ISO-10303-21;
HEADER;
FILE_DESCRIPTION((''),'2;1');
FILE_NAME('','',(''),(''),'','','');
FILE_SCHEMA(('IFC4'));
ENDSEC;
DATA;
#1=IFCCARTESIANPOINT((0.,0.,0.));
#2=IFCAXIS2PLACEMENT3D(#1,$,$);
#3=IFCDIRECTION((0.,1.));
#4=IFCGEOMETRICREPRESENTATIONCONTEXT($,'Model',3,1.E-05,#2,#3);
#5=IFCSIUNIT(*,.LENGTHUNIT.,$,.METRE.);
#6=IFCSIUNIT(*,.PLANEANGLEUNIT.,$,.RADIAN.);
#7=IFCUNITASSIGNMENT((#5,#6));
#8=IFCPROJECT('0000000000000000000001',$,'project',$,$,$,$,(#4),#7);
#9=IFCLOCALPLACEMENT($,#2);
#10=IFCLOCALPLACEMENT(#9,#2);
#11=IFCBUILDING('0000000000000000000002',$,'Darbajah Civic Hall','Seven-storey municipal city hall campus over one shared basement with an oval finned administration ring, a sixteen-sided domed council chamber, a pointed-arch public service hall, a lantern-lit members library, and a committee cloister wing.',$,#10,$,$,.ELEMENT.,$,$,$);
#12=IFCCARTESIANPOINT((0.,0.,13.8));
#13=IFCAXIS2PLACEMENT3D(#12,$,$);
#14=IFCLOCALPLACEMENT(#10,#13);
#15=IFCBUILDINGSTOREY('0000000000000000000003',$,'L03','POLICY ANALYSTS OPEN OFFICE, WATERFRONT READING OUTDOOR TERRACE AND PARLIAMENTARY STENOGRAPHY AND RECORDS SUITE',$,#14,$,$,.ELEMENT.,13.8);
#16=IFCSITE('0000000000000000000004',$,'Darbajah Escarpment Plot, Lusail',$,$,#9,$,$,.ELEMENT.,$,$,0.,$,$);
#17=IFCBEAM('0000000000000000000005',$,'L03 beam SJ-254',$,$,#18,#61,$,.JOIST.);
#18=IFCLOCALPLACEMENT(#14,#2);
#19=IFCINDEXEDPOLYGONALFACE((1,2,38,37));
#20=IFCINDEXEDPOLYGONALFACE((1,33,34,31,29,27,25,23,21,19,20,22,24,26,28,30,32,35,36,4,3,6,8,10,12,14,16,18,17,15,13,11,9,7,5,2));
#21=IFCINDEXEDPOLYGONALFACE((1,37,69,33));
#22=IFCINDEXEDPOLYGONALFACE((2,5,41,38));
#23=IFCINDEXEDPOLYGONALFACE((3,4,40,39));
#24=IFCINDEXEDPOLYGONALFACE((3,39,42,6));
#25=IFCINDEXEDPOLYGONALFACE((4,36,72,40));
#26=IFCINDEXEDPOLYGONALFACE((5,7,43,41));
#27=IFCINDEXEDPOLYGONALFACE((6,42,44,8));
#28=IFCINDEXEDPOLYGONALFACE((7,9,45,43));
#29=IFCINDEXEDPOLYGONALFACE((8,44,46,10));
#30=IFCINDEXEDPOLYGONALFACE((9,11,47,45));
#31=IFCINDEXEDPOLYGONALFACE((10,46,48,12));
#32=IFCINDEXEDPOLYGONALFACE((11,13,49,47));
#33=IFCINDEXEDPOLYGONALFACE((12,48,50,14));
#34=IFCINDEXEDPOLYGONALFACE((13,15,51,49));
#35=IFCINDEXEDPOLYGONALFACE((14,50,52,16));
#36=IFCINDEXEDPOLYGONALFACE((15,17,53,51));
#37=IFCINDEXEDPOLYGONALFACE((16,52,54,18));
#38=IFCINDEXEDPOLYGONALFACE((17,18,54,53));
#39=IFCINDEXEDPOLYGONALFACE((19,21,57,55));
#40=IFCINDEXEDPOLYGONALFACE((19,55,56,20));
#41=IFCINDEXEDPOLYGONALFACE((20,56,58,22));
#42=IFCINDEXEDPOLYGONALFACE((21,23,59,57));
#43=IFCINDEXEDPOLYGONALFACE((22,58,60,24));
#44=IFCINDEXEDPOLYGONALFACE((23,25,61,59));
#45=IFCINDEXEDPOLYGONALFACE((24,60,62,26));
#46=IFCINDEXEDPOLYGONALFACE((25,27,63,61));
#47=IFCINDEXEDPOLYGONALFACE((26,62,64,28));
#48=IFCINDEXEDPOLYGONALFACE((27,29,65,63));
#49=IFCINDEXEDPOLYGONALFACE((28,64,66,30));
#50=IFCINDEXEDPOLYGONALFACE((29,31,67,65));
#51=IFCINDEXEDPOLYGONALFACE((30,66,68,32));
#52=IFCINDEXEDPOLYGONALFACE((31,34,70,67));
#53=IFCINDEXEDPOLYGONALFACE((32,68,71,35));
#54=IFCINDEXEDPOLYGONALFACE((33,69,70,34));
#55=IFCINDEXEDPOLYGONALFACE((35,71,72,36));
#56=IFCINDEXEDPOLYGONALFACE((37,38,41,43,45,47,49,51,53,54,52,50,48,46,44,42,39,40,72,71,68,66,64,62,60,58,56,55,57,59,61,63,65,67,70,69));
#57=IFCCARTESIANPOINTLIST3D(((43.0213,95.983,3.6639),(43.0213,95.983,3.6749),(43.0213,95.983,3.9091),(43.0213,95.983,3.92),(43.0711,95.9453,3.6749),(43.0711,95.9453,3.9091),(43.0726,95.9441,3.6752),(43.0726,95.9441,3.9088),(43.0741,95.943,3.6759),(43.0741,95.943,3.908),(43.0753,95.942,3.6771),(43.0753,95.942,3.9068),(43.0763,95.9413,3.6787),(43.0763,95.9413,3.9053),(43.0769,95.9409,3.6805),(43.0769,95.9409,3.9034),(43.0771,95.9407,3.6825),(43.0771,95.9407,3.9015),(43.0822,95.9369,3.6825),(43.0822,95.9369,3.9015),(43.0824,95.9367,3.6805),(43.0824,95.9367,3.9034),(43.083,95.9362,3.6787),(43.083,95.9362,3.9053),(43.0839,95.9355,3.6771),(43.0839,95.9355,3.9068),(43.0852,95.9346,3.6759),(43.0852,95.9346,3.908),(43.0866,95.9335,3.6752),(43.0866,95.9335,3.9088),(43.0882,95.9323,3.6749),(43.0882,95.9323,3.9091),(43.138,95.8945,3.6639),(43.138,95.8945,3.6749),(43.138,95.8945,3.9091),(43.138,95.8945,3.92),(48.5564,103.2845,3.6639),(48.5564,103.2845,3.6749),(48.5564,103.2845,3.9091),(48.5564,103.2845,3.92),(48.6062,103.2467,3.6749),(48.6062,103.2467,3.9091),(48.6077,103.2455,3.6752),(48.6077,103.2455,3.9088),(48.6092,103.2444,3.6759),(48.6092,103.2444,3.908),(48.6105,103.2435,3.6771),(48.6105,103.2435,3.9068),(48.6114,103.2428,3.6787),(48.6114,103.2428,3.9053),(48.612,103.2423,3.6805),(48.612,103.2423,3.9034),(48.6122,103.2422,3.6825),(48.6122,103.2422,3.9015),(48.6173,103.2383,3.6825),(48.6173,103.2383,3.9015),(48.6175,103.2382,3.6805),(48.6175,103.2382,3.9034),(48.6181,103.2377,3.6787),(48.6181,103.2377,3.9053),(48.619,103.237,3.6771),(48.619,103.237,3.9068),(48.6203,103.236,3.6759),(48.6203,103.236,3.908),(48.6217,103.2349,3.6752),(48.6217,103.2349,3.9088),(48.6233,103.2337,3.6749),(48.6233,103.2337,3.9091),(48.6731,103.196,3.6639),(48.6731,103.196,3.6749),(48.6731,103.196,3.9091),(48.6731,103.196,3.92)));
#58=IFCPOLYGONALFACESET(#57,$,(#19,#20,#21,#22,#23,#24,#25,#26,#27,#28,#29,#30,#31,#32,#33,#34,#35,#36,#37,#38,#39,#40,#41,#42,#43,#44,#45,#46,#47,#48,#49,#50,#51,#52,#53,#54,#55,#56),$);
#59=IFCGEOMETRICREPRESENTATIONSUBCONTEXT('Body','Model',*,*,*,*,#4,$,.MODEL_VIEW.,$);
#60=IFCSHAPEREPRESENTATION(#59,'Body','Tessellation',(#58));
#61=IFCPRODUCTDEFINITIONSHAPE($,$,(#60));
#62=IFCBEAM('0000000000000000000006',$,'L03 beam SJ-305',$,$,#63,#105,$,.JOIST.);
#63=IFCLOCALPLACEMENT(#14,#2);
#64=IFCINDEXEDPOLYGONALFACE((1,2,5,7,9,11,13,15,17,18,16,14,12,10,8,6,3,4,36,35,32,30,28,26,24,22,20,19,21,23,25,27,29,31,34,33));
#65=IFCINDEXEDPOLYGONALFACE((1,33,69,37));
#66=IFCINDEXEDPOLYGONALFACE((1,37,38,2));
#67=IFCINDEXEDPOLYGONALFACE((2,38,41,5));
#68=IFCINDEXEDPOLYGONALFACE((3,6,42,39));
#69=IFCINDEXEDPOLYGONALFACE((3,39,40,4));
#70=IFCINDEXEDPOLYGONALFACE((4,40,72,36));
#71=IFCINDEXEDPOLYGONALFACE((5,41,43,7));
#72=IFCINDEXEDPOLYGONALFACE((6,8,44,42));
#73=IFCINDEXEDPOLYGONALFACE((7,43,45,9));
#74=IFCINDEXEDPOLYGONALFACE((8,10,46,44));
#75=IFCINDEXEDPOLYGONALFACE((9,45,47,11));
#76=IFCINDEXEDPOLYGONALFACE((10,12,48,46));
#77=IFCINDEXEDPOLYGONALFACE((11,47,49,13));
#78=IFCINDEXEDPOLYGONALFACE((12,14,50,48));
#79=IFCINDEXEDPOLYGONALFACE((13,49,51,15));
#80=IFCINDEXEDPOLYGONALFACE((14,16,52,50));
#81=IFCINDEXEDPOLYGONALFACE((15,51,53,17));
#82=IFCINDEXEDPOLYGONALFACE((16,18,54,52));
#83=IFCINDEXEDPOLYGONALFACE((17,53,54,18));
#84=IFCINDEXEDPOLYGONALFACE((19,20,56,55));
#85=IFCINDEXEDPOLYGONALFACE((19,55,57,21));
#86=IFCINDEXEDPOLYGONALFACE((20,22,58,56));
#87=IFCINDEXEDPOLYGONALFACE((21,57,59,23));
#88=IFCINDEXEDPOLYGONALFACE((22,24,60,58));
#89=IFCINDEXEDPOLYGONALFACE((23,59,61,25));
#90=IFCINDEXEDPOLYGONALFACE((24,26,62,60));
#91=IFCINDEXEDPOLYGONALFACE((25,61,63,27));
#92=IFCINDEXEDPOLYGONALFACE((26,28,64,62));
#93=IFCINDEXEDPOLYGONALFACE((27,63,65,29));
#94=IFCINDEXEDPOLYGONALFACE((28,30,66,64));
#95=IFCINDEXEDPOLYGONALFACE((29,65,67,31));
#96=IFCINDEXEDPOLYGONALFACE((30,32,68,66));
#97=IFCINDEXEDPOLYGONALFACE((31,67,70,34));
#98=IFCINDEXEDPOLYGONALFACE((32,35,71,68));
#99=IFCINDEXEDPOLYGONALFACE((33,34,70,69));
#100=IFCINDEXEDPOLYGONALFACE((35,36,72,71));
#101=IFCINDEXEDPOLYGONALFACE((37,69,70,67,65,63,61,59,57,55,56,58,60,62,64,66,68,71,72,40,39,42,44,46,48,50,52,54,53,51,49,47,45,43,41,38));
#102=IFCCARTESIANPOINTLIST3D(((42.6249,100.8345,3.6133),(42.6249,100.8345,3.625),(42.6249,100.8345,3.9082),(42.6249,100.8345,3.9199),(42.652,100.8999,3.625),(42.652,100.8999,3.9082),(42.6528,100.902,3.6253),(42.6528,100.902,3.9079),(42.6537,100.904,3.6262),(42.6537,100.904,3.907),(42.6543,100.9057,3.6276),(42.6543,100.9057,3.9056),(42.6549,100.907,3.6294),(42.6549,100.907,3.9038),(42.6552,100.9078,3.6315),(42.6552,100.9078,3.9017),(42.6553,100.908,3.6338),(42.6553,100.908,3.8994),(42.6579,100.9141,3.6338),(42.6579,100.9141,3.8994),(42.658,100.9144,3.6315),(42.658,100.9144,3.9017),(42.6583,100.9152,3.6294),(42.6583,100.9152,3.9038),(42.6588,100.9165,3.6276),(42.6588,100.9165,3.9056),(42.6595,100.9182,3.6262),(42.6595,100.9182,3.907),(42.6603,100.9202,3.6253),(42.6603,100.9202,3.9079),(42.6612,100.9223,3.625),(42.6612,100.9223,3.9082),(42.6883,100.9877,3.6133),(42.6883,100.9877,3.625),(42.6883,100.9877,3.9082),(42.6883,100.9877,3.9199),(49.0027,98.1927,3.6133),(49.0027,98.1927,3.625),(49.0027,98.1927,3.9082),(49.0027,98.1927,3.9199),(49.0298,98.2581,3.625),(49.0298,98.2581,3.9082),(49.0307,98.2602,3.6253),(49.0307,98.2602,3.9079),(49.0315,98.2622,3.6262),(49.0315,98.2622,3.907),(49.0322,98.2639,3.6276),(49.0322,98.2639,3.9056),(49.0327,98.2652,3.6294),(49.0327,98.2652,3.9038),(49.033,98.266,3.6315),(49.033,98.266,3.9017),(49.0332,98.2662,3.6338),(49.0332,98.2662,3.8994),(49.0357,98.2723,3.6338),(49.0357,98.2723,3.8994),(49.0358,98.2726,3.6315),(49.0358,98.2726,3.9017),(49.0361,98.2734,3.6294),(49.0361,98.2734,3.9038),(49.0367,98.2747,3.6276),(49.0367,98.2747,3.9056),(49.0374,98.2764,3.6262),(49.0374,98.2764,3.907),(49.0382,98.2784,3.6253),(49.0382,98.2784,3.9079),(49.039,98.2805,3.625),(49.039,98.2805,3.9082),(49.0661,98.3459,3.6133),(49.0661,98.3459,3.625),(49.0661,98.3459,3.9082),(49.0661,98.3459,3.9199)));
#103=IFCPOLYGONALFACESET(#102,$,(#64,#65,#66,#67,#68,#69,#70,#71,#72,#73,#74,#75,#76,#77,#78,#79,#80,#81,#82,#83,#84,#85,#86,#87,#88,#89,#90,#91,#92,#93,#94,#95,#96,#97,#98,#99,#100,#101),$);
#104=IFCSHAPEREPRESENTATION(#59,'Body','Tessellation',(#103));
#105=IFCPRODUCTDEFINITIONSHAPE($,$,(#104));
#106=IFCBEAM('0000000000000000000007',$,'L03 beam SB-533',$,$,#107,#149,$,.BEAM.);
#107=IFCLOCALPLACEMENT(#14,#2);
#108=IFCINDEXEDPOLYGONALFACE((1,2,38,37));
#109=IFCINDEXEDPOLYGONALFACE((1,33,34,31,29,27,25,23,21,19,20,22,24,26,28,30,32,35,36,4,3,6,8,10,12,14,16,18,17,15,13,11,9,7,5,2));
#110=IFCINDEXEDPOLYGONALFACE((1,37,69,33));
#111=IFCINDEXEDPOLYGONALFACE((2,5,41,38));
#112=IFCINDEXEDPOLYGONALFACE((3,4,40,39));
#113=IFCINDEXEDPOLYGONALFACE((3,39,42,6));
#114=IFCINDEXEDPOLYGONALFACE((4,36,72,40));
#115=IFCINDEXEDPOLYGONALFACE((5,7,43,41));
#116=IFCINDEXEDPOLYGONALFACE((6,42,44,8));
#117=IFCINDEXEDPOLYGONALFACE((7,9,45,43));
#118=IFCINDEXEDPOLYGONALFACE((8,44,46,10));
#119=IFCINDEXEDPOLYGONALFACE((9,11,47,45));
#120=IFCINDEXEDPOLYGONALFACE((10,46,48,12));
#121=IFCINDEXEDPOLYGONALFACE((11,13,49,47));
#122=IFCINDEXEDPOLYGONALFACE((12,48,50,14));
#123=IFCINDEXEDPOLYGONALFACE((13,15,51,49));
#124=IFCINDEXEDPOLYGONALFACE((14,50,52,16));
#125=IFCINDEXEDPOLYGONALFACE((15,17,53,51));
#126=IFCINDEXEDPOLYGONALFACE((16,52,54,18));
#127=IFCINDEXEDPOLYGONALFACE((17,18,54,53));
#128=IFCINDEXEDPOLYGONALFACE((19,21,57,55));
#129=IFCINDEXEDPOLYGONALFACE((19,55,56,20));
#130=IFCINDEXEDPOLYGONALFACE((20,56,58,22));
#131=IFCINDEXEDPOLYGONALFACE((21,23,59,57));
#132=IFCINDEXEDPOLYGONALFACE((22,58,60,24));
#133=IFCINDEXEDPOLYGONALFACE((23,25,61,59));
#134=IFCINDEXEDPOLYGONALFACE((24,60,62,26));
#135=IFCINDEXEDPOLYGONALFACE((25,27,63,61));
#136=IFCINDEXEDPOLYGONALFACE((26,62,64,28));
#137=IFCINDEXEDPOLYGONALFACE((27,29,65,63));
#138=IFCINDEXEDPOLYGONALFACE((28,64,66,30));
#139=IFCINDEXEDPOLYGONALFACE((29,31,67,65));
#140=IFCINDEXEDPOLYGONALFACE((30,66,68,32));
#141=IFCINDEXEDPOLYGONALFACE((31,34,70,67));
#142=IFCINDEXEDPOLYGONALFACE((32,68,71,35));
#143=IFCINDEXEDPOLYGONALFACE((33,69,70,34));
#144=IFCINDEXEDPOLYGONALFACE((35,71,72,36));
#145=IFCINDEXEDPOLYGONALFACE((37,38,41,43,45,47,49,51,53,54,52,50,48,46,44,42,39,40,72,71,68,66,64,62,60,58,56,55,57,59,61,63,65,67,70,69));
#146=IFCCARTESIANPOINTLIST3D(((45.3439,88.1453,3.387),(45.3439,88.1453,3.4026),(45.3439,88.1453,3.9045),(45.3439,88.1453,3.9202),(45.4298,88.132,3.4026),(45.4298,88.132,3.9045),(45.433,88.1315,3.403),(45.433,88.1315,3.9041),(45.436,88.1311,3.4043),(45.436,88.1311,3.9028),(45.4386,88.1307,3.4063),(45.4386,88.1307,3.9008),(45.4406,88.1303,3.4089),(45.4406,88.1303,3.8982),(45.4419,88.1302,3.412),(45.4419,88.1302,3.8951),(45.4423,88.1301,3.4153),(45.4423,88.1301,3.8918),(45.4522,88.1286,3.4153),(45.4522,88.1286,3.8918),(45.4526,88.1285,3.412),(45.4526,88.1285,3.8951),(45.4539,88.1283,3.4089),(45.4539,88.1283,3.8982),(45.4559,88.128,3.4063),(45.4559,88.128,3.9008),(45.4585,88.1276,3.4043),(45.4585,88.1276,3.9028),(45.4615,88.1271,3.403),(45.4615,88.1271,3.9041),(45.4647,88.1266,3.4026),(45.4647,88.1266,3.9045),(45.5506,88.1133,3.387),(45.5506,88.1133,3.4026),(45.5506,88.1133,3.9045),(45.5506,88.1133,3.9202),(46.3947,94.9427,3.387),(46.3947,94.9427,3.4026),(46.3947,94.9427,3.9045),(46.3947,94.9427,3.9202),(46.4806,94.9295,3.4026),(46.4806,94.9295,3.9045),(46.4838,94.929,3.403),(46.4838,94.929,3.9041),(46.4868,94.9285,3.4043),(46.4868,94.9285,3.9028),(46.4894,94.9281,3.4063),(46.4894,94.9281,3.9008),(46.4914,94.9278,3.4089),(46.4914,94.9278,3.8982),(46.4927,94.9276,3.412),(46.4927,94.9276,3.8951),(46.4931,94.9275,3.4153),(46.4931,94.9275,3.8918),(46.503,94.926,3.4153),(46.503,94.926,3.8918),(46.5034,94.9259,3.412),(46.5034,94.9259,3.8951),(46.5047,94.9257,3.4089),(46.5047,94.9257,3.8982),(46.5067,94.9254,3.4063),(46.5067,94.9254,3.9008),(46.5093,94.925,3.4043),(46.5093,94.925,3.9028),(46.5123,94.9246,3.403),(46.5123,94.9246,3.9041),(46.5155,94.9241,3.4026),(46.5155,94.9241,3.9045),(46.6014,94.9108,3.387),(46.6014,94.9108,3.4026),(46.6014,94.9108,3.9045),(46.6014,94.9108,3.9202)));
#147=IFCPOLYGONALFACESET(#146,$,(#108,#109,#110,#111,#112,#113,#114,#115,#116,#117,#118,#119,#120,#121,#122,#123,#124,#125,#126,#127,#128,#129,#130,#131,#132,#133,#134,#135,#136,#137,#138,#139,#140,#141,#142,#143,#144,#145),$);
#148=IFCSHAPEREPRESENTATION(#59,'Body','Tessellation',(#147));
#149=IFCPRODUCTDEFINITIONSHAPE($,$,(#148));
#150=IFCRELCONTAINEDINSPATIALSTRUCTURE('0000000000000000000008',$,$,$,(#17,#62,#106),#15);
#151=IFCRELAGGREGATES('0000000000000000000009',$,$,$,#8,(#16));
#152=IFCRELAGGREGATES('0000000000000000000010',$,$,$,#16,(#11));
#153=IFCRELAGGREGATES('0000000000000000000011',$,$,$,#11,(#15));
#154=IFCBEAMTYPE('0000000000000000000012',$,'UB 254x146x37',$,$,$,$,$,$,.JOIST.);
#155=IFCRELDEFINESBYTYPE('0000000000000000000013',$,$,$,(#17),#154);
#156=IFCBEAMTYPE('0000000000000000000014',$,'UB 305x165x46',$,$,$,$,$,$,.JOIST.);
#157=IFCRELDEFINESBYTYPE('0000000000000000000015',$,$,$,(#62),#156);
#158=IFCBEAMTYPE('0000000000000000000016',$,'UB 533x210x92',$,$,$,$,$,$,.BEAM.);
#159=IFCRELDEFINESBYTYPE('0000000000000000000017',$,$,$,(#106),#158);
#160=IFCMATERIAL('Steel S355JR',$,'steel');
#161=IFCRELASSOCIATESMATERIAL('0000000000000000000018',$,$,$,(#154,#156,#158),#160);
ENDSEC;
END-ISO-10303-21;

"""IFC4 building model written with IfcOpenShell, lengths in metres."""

from ifc_helpers import new_model, si_unit, direction, frame, origin, origin_2d, place, context, subcontext, project, spatial, i_section, extrude, material, material_profile, profile_set, type_object, element, save


model = new_model("IFC4")

# Units and contexts
model_context = context("Model", 3, precision=1e-05, world=origin(), true_north=direction((0.0, 1.0)))
body_context = subcontext(model_context, "Body", "Model", "MODEL_VIEW")
ifc_project = project(units=[si_unit("LENGTHUNIT", "METRE"), si_unit("PLANEANGLEUNIT", "RADIAN")], contexts=[model_context])

# Site, building, storey
site_placement = place(None, origin())
site = spatial("IfcSite", under=ifc_project, at=site_placement, Name="Darbajah Escarpment Plot, Lusail", CompositionType="ELEMENT", RefElevation=0.0)
building_placement = place(site_placement, origin())
building = spatial("IfcBuilding", under=site, at=building_placement, Name="Darbajah Civic Hall", Description="Seven-storey municipal city hall campus over one shared basement with an oval finned administration ring, a sixteen-sided domed council chamber, a pointed-arch public service hall, a lantern-lit members library, and a committee cloister wing.", CompositionType="ELEMENT")
storey_placement = place(building_placement, frame((0.0, 0.0, 13.8)))
storey = spatial("IfcBuildingStorey", under=building, at=storey_placement, Name="L03", Description="POLICY ANALYSTS OPEN OFFICE, WATERFRONT READING OUTDOOR TERRACE AND PARLIAMENTARY STENOGRAPHY AND RECORDS SUITE", CompositionType="ELEMENT", Elevation=13.8)

# Beams
ifc_material_1 = material(Name="Steel S355JR", Category="steel")
ifc_material_profile_1 = material_profile(ifc_material_1, i_section(OverallWidth=0.1465, OverallDepth=0.2561, WebThickness=0.0063, FlangeThickness=0.011, FilletRadius=0.0076, at=origin_2d()), Name="UB 254x146x37")
ifc_profile_set_1 = profile_set([ifc_material_profile_1], Name="Steel S355JR")
beam_type_1 = type_object("IfcBeamType", Name="UB 254x146x37", PredefinedType="JOIST", material=ifc_profile_set_1)
beam_1_placement = place(storey_placement, frame((48.6147, 103.2402, 3.792), z_axis=(-0.604115, -0.796897, 0.0), x_axis=(0.796897, -0.604115, 0.0)))
element("IfcBeam", 1, at=beam_1_placement, inside=storey, type_object=beam_type_1, Name="L03 beam SJ-254", PredefinedType="JOIST", context=body_context, shape_type="SweptSolid", body=[
    extrude(i_section(OverallWidth=0.1465, OverallDepth=0.2561, WebThickness=0.0063, FlangeThickness=0.011, FilletRadius=0.0076, at=origin_2d()), origin(), (0.0, 0.0, 1.0), 9.1624),
])
ifc_material_profile_2 = material_profile(ifc_material_1, i_section(OverallWidth=0.1658, OverallDepth=0.3066, WebThickness=0.0066, FlangeThickness=0.0117, FilletRadius=0.0088, at=origin_2d()), Name="UB 305x165x46")
ifc_profile_set_2 = profile_set([ifc_material_profile_2], Name="Steel S355JR")
beam_type_2 = type_object("IfcBeamType", Name="UB 305x165x46", PredefinedType="JOIST", material=ifc_profile_set_2)
beam_2_placement = place(storey_placement, frame((49.0344, 98.2693, 3.7666), z_axis=(-0.923878, 0.382686, 0.0), x_axis=(-0.382686, -0.923878, 0.0)))
element("IfcBeam", 2, at=beam_2_placement, inside=storey, type_object=beam_type_2, Name="L03 beam SJ-305", PredefinedType="JOIST", context=body_context, shape_type="SweptSolid", body=[
    extrude(i_section(OverallWidth=0.1658, OverallDepth=0.3066, WebThickness=0.0066, FlangeThickness=0.0117, FilletRadius=0.0088, at=origin_2d()), origin(), (0.0, 0.0, 1.0), 6.9033),
])
ifc_material_profile_3 = material_profile(ifc_material_1, i_section(OverallWidth=0.2092, OverallDepth=0.5332, WebThickness=0.01, FlangeThickness=0.0156, FilletRadius=0.0127, at=origin_2d()), Name="UB 533x210x92")
ifc_profile_set_3 = profile_set([ifc_material_profile_3], Name="Steel S355JR")
beam_type_3 = type_object("IfcBeamType", Name="UB 533x210x92", PredefinedType="BEAM", material=ifc_profile_set_3)
beam_3_placement = place(storey_placement, frame((46.498, 94.9268, 3.6536), z_axis=(-0.152772, -0.988261, 0.0), x_axis=(0.988261, -0.152772, 0.0)))
element("IfcBeam", 3, at=beam_3_placement, inside=storey, type_object=beam_type_3, Name="L03 beam SB-533", PredefinedType="BEAM", context=body_context, shape_type="SweptSolid", body=[
    extrude(i_section(OverallWidth=0.2092, OverallDepth=0.5332, WebThickness=0.01, FlangeThickness=0.0156, FilletRadius=0.0127, at=origin_2d()), origin(), (0.0, 0.0, 1.0), 6.8782),
])

save(model, "model.ifc")
